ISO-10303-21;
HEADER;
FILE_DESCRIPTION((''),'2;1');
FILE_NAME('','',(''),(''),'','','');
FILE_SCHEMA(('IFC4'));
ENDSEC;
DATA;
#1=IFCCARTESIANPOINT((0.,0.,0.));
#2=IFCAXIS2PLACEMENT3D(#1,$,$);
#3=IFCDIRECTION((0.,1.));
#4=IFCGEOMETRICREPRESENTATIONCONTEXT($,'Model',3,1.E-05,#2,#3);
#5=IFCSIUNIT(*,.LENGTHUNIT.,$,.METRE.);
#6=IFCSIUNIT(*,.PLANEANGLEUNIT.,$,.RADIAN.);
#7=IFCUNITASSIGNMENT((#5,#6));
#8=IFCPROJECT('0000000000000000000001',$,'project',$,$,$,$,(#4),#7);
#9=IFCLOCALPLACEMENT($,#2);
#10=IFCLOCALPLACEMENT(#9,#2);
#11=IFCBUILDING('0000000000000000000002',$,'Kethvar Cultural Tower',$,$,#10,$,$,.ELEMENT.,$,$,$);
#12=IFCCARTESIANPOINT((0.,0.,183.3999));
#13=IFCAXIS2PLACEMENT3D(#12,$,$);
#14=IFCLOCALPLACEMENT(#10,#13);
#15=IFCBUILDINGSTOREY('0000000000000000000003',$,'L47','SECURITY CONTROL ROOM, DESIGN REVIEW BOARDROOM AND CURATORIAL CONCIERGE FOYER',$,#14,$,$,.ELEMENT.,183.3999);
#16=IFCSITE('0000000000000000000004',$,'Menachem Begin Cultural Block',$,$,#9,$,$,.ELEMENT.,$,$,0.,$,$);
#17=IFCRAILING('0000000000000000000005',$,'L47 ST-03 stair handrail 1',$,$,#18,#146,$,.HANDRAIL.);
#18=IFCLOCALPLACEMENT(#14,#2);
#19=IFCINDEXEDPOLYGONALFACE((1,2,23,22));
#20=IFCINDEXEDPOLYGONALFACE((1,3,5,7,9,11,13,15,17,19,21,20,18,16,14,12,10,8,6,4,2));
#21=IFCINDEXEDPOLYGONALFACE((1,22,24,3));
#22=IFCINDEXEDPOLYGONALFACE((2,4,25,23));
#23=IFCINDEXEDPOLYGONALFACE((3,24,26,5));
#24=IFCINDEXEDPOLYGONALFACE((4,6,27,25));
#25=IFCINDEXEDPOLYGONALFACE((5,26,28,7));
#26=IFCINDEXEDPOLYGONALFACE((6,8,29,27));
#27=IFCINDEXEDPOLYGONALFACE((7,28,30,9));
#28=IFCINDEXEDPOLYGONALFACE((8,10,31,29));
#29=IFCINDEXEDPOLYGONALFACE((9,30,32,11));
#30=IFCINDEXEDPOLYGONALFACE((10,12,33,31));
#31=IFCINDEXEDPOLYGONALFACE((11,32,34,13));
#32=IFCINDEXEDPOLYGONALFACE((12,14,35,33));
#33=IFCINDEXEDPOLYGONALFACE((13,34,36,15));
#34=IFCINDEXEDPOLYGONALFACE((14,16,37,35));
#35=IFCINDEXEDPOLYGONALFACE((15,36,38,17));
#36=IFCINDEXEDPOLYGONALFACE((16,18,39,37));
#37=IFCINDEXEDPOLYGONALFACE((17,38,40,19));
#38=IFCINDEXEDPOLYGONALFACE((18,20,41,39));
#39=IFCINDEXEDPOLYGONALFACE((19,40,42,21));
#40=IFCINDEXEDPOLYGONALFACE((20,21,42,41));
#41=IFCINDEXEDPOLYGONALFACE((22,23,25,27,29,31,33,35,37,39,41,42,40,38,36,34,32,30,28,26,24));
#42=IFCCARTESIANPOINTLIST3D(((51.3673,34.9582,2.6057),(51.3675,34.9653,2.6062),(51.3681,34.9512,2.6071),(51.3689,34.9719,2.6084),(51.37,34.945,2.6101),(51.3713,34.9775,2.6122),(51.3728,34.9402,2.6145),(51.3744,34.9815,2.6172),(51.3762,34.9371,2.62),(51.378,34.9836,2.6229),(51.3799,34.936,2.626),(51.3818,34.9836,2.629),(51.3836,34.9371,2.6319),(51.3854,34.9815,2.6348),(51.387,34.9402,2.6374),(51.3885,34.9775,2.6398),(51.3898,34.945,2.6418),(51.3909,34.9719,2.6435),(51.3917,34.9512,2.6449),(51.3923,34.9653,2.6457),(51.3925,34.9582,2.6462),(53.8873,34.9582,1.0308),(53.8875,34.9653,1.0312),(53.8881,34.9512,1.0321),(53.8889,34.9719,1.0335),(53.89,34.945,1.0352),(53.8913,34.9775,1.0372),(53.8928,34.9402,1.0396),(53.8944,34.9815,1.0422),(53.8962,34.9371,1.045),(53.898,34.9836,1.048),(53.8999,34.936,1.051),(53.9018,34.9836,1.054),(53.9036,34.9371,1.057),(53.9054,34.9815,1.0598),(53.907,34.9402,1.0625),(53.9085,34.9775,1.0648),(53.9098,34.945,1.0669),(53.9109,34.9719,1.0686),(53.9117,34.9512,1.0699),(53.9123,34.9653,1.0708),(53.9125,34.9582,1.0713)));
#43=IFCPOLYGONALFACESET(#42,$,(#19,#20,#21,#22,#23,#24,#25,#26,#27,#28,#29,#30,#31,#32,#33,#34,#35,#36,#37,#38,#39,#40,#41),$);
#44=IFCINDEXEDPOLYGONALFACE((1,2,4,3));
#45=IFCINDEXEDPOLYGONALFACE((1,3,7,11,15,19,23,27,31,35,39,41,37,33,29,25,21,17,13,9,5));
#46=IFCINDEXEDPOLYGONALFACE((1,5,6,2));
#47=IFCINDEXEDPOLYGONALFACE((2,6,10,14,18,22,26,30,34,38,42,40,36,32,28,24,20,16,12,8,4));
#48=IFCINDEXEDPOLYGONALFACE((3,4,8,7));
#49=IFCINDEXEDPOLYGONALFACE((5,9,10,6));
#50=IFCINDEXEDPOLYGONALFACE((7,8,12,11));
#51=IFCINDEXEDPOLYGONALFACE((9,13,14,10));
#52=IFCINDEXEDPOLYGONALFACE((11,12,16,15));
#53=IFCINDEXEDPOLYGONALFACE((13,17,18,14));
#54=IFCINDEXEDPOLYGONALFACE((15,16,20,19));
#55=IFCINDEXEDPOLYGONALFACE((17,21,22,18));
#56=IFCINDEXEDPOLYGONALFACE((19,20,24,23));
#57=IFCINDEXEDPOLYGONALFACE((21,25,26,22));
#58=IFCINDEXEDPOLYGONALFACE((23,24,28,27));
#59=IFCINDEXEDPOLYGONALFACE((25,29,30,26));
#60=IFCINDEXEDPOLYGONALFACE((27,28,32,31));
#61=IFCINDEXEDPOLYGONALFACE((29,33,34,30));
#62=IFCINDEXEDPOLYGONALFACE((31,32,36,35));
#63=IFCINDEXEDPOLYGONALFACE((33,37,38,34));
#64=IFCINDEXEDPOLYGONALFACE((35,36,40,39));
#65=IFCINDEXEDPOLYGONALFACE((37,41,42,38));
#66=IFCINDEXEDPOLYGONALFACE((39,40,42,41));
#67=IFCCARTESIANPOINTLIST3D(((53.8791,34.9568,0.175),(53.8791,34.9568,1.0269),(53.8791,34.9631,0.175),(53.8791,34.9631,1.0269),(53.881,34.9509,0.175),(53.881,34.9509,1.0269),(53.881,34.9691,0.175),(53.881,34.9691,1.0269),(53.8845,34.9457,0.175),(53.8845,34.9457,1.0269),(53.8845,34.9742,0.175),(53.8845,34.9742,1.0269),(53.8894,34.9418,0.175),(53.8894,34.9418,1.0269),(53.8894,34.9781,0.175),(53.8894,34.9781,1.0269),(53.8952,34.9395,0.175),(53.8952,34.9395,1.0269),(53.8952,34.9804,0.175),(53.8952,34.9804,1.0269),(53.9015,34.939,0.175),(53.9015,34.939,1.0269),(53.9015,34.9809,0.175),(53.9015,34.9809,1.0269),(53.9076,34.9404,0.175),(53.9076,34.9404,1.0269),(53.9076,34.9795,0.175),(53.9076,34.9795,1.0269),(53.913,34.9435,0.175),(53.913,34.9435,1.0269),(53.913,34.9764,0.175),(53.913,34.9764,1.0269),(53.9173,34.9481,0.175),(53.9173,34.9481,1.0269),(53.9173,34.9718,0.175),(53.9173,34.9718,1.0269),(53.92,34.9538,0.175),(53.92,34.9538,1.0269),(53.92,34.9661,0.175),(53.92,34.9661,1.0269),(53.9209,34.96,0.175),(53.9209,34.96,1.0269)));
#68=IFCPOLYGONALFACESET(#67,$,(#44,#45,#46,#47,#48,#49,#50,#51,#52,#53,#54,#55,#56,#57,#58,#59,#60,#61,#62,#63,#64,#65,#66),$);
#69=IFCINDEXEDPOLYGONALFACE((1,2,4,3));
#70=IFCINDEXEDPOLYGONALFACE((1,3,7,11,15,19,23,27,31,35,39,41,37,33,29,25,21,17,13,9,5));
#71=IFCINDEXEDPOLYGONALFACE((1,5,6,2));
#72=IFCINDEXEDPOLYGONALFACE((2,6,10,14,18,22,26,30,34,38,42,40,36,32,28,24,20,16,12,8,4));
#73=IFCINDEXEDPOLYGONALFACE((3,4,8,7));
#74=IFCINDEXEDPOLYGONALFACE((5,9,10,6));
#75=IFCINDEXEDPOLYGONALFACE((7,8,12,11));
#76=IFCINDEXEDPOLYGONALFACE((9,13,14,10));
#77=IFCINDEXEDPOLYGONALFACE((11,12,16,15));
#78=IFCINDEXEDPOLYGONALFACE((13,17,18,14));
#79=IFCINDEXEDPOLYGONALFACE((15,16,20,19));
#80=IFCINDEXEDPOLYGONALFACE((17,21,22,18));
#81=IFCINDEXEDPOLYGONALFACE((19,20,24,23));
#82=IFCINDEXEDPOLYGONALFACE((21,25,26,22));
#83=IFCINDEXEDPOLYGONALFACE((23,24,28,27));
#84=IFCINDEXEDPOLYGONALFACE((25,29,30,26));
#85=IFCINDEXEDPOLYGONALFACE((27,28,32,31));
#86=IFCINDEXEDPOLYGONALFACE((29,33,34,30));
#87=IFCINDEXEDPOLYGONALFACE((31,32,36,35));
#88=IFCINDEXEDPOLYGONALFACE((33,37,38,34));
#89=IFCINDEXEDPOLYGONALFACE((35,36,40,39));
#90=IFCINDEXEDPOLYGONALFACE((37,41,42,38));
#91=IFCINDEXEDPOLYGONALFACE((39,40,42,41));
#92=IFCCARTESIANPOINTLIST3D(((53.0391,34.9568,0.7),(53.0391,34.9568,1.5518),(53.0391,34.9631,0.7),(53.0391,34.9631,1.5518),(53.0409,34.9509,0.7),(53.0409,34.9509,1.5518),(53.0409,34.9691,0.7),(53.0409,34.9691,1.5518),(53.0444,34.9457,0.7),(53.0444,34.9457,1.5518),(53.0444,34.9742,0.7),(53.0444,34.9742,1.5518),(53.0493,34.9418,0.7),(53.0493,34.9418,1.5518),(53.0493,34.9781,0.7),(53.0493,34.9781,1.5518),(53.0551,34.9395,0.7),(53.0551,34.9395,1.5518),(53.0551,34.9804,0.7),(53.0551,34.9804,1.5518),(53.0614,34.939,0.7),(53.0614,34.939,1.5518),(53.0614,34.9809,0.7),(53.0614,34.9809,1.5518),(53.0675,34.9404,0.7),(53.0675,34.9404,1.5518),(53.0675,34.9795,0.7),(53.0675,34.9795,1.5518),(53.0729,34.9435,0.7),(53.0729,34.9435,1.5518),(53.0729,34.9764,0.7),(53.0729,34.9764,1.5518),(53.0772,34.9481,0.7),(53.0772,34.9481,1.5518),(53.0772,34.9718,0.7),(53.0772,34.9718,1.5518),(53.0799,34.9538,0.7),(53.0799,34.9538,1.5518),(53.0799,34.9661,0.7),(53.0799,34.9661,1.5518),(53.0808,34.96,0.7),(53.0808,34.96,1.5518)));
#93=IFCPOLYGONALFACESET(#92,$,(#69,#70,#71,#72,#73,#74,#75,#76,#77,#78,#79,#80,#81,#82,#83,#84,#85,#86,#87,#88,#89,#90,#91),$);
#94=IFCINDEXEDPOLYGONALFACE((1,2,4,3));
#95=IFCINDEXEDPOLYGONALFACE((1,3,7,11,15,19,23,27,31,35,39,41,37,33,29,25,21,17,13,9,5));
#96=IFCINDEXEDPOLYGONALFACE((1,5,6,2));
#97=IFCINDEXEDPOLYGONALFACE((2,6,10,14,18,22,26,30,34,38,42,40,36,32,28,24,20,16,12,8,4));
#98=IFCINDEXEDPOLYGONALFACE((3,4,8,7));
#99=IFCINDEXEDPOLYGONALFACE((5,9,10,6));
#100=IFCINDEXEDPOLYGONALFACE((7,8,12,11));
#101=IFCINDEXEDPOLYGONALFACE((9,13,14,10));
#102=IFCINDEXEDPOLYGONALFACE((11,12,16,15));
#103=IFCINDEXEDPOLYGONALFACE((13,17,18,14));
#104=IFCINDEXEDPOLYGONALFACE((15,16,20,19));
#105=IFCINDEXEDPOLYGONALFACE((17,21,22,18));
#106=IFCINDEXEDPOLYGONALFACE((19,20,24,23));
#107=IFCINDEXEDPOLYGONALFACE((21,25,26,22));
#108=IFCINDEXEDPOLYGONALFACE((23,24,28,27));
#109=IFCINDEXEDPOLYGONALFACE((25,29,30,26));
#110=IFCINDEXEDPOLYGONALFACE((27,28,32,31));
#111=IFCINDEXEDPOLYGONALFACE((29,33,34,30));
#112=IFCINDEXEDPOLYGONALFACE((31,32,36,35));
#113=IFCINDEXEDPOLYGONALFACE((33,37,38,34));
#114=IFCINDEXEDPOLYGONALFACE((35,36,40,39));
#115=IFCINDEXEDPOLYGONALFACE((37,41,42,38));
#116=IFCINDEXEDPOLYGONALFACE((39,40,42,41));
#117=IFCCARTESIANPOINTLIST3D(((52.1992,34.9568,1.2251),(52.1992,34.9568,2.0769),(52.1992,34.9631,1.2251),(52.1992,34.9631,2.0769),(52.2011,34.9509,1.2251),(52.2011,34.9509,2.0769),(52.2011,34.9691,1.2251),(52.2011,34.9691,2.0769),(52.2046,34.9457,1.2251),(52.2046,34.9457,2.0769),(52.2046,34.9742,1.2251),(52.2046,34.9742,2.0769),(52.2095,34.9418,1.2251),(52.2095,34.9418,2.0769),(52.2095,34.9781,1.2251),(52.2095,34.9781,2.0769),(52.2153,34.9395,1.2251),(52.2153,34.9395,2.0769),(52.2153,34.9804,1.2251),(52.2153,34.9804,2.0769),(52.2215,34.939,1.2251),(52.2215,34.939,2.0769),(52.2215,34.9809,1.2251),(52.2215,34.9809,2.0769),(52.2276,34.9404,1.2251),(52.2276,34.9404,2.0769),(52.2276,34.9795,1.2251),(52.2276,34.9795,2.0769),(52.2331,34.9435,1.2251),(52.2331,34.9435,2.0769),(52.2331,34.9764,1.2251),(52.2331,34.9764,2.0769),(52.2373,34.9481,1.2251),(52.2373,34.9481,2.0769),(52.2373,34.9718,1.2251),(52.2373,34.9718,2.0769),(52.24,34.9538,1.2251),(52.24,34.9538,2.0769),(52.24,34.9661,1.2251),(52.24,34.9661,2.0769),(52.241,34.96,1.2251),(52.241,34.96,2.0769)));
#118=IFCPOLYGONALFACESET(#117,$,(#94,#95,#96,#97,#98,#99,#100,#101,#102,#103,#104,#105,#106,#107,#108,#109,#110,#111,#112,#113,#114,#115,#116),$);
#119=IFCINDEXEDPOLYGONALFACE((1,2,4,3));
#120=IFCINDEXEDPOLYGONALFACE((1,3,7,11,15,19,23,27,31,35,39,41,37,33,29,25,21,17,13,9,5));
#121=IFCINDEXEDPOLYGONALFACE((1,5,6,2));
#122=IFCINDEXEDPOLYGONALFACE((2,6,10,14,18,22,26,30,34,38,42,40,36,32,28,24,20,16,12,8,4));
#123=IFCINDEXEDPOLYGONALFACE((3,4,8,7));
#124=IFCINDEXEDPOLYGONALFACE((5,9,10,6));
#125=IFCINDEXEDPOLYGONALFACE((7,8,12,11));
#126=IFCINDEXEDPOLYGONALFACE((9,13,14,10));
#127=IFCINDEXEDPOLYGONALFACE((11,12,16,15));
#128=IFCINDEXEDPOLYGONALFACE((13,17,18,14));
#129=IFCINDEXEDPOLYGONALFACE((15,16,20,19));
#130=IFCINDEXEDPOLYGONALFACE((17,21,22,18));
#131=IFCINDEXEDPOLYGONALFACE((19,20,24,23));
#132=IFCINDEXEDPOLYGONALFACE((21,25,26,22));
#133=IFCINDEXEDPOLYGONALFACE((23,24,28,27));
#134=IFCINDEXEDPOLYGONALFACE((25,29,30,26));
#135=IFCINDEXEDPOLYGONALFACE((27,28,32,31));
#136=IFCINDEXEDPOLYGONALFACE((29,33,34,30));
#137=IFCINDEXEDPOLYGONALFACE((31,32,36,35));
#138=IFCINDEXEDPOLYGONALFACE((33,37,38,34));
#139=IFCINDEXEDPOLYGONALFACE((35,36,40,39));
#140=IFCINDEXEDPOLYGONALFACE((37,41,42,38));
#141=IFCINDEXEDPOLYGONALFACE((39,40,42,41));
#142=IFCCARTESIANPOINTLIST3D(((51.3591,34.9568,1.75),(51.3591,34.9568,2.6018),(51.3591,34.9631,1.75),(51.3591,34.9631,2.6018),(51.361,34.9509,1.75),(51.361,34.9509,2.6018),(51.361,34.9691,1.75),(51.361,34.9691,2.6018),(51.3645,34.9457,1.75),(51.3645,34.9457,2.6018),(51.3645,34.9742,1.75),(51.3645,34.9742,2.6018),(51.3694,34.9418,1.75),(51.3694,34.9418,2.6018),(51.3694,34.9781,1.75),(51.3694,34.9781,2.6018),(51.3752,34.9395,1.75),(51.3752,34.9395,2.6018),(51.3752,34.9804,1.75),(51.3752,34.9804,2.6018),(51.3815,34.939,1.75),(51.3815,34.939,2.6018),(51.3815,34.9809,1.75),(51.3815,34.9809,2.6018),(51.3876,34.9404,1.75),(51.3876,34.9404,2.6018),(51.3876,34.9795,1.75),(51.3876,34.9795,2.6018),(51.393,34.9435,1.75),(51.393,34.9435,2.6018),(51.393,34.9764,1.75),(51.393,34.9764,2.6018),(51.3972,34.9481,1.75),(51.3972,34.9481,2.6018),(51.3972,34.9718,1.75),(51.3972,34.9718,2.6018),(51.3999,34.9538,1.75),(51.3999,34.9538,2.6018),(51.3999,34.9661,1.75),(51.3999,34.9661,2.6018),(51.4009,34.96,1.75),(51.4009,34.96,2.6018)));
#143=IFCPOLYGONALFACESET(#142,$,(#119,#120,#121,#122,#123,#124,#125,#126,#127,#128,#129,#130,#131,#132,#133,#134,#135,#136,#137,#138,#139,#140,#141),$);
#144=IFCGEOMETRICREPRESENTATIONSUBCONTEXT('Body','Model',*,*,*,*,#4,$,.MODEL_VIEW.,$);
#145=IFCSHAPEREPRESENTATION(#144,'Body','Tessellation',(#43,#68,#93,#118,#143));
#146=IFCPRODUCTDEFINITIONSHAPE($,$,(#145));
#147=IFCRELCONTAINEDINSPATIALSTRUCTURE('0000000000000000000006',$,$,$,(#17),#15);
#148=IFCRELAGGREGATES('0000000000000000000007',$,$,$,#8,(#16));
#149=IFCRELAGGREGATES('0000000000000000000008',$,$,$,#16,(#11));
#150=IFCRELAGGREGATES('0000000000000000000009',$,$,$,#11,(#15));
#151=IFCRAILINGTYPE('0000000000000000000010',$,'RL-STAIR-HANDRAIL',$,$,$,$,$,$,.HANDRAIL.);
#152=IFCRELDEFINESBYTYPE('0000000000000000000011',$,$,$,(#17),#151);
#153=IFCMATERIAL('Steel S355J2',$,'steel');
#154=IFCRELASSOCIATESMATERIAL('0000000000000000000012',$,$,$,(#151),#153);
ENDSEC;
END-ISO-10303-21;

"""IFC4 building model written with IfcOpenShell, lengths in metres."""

from ifc_helpers import new_model, si_unit, direction, frame, origin, origin_2d, place, context, subcontext, project, spatial, circle, extrude, material, type_object, element, save


model = new_model("IFC4")

# Units and contexts
model_context = context("Model", 3, precision=1e-05, world=origin(), true_north=direction((0.0, 1.0)))
body_context = subcontext(model_context, "Body", "Model", "MODEL_VIEW")
ifc_project = project(units=[si_unit("LENGTHUNIT", "METRE"), si_unit("PLANEANGLEUNIT", "RADIAN")], contexts=[model_context])

# Site, building, storey
site_placement = place(None, origin())
site = spatial("IfcSite", under=ifc_project, at=site_placement, Name="Menachem Begin Cultural Block", CompositionType="ELEMENT", RefElevation=0.0)
building_placement = place(site_placement, origin())
building = spatial("IfcBuilding", under=site, at=building_placement, Name="Kethvar Cultural Tower", CompositionType="ELEMENT")
storey_placement = place(building_placement, frame((0.0, 0.0, 183.3999)))
storey = spatial("IfcBuildingStorey", under=building, at=storey_placement, Name="L47", Description="SECURITY CONTROL ROOM, DESIGN REVIEW BOARDROOM AND CURATORIAL CONCIERGE FOYER", CompositionType="ELEMENT", Elevation=183.3999)

# Shared definitions
ifc_material_1 = material(Name="Steel S355J2", Category="steel")

# Railing
railing_type_1 = type_object("IfcRailingType", Name="RL-STAIR-HANDRAIL", PredefinedType="HANDRAIL", material=ifc_material_1)
railing_1_placement = place(storey_placement, frame((53.8999, 34.96, 0.175)))
element("IfcRailing", 1, at=railing_1_placement, inside=storey, type_object=railing_type_1, Name="L47 ST-03 stair handrail 1", PredefinedType="HANDRAIL", context=body_context, shape_type="SweptSolid", body=[
    extrude(circle(Radius=0.0239, at=origin_2d()), frame((0.0, 0.0, 0.876), z_axis=(-0.848008, 0.0, 0.529984), x_axis=(0.0, -1.0, 0.0)), (0.0, 0.0, 1.0), 2.9717),
    extrude(circle(Radius=0.021, at=origin_2d()), origin(), (0.0, 0.0, 1.0), 0.8518),
    extrude(circle(Radius=0.021, at=origin_2d()), frame((-0.8401, 0.0, 0.5249)), (0.0, 0.0, 1.0), 0.8518),
    extrude(circle(Radius=0.021, at=origin_2d()), frame((-1.6799, 0.0, 1.05)), (0.0, 0.0, 1.0), 0.8518),
    extrude(circle(Radius=0.021, at=origin_2d()), frame((-2.52, 0.0, 1.575)), (0.0, 0.0, 1.0), 0.8518),
])

save(model, "model.ifc")
